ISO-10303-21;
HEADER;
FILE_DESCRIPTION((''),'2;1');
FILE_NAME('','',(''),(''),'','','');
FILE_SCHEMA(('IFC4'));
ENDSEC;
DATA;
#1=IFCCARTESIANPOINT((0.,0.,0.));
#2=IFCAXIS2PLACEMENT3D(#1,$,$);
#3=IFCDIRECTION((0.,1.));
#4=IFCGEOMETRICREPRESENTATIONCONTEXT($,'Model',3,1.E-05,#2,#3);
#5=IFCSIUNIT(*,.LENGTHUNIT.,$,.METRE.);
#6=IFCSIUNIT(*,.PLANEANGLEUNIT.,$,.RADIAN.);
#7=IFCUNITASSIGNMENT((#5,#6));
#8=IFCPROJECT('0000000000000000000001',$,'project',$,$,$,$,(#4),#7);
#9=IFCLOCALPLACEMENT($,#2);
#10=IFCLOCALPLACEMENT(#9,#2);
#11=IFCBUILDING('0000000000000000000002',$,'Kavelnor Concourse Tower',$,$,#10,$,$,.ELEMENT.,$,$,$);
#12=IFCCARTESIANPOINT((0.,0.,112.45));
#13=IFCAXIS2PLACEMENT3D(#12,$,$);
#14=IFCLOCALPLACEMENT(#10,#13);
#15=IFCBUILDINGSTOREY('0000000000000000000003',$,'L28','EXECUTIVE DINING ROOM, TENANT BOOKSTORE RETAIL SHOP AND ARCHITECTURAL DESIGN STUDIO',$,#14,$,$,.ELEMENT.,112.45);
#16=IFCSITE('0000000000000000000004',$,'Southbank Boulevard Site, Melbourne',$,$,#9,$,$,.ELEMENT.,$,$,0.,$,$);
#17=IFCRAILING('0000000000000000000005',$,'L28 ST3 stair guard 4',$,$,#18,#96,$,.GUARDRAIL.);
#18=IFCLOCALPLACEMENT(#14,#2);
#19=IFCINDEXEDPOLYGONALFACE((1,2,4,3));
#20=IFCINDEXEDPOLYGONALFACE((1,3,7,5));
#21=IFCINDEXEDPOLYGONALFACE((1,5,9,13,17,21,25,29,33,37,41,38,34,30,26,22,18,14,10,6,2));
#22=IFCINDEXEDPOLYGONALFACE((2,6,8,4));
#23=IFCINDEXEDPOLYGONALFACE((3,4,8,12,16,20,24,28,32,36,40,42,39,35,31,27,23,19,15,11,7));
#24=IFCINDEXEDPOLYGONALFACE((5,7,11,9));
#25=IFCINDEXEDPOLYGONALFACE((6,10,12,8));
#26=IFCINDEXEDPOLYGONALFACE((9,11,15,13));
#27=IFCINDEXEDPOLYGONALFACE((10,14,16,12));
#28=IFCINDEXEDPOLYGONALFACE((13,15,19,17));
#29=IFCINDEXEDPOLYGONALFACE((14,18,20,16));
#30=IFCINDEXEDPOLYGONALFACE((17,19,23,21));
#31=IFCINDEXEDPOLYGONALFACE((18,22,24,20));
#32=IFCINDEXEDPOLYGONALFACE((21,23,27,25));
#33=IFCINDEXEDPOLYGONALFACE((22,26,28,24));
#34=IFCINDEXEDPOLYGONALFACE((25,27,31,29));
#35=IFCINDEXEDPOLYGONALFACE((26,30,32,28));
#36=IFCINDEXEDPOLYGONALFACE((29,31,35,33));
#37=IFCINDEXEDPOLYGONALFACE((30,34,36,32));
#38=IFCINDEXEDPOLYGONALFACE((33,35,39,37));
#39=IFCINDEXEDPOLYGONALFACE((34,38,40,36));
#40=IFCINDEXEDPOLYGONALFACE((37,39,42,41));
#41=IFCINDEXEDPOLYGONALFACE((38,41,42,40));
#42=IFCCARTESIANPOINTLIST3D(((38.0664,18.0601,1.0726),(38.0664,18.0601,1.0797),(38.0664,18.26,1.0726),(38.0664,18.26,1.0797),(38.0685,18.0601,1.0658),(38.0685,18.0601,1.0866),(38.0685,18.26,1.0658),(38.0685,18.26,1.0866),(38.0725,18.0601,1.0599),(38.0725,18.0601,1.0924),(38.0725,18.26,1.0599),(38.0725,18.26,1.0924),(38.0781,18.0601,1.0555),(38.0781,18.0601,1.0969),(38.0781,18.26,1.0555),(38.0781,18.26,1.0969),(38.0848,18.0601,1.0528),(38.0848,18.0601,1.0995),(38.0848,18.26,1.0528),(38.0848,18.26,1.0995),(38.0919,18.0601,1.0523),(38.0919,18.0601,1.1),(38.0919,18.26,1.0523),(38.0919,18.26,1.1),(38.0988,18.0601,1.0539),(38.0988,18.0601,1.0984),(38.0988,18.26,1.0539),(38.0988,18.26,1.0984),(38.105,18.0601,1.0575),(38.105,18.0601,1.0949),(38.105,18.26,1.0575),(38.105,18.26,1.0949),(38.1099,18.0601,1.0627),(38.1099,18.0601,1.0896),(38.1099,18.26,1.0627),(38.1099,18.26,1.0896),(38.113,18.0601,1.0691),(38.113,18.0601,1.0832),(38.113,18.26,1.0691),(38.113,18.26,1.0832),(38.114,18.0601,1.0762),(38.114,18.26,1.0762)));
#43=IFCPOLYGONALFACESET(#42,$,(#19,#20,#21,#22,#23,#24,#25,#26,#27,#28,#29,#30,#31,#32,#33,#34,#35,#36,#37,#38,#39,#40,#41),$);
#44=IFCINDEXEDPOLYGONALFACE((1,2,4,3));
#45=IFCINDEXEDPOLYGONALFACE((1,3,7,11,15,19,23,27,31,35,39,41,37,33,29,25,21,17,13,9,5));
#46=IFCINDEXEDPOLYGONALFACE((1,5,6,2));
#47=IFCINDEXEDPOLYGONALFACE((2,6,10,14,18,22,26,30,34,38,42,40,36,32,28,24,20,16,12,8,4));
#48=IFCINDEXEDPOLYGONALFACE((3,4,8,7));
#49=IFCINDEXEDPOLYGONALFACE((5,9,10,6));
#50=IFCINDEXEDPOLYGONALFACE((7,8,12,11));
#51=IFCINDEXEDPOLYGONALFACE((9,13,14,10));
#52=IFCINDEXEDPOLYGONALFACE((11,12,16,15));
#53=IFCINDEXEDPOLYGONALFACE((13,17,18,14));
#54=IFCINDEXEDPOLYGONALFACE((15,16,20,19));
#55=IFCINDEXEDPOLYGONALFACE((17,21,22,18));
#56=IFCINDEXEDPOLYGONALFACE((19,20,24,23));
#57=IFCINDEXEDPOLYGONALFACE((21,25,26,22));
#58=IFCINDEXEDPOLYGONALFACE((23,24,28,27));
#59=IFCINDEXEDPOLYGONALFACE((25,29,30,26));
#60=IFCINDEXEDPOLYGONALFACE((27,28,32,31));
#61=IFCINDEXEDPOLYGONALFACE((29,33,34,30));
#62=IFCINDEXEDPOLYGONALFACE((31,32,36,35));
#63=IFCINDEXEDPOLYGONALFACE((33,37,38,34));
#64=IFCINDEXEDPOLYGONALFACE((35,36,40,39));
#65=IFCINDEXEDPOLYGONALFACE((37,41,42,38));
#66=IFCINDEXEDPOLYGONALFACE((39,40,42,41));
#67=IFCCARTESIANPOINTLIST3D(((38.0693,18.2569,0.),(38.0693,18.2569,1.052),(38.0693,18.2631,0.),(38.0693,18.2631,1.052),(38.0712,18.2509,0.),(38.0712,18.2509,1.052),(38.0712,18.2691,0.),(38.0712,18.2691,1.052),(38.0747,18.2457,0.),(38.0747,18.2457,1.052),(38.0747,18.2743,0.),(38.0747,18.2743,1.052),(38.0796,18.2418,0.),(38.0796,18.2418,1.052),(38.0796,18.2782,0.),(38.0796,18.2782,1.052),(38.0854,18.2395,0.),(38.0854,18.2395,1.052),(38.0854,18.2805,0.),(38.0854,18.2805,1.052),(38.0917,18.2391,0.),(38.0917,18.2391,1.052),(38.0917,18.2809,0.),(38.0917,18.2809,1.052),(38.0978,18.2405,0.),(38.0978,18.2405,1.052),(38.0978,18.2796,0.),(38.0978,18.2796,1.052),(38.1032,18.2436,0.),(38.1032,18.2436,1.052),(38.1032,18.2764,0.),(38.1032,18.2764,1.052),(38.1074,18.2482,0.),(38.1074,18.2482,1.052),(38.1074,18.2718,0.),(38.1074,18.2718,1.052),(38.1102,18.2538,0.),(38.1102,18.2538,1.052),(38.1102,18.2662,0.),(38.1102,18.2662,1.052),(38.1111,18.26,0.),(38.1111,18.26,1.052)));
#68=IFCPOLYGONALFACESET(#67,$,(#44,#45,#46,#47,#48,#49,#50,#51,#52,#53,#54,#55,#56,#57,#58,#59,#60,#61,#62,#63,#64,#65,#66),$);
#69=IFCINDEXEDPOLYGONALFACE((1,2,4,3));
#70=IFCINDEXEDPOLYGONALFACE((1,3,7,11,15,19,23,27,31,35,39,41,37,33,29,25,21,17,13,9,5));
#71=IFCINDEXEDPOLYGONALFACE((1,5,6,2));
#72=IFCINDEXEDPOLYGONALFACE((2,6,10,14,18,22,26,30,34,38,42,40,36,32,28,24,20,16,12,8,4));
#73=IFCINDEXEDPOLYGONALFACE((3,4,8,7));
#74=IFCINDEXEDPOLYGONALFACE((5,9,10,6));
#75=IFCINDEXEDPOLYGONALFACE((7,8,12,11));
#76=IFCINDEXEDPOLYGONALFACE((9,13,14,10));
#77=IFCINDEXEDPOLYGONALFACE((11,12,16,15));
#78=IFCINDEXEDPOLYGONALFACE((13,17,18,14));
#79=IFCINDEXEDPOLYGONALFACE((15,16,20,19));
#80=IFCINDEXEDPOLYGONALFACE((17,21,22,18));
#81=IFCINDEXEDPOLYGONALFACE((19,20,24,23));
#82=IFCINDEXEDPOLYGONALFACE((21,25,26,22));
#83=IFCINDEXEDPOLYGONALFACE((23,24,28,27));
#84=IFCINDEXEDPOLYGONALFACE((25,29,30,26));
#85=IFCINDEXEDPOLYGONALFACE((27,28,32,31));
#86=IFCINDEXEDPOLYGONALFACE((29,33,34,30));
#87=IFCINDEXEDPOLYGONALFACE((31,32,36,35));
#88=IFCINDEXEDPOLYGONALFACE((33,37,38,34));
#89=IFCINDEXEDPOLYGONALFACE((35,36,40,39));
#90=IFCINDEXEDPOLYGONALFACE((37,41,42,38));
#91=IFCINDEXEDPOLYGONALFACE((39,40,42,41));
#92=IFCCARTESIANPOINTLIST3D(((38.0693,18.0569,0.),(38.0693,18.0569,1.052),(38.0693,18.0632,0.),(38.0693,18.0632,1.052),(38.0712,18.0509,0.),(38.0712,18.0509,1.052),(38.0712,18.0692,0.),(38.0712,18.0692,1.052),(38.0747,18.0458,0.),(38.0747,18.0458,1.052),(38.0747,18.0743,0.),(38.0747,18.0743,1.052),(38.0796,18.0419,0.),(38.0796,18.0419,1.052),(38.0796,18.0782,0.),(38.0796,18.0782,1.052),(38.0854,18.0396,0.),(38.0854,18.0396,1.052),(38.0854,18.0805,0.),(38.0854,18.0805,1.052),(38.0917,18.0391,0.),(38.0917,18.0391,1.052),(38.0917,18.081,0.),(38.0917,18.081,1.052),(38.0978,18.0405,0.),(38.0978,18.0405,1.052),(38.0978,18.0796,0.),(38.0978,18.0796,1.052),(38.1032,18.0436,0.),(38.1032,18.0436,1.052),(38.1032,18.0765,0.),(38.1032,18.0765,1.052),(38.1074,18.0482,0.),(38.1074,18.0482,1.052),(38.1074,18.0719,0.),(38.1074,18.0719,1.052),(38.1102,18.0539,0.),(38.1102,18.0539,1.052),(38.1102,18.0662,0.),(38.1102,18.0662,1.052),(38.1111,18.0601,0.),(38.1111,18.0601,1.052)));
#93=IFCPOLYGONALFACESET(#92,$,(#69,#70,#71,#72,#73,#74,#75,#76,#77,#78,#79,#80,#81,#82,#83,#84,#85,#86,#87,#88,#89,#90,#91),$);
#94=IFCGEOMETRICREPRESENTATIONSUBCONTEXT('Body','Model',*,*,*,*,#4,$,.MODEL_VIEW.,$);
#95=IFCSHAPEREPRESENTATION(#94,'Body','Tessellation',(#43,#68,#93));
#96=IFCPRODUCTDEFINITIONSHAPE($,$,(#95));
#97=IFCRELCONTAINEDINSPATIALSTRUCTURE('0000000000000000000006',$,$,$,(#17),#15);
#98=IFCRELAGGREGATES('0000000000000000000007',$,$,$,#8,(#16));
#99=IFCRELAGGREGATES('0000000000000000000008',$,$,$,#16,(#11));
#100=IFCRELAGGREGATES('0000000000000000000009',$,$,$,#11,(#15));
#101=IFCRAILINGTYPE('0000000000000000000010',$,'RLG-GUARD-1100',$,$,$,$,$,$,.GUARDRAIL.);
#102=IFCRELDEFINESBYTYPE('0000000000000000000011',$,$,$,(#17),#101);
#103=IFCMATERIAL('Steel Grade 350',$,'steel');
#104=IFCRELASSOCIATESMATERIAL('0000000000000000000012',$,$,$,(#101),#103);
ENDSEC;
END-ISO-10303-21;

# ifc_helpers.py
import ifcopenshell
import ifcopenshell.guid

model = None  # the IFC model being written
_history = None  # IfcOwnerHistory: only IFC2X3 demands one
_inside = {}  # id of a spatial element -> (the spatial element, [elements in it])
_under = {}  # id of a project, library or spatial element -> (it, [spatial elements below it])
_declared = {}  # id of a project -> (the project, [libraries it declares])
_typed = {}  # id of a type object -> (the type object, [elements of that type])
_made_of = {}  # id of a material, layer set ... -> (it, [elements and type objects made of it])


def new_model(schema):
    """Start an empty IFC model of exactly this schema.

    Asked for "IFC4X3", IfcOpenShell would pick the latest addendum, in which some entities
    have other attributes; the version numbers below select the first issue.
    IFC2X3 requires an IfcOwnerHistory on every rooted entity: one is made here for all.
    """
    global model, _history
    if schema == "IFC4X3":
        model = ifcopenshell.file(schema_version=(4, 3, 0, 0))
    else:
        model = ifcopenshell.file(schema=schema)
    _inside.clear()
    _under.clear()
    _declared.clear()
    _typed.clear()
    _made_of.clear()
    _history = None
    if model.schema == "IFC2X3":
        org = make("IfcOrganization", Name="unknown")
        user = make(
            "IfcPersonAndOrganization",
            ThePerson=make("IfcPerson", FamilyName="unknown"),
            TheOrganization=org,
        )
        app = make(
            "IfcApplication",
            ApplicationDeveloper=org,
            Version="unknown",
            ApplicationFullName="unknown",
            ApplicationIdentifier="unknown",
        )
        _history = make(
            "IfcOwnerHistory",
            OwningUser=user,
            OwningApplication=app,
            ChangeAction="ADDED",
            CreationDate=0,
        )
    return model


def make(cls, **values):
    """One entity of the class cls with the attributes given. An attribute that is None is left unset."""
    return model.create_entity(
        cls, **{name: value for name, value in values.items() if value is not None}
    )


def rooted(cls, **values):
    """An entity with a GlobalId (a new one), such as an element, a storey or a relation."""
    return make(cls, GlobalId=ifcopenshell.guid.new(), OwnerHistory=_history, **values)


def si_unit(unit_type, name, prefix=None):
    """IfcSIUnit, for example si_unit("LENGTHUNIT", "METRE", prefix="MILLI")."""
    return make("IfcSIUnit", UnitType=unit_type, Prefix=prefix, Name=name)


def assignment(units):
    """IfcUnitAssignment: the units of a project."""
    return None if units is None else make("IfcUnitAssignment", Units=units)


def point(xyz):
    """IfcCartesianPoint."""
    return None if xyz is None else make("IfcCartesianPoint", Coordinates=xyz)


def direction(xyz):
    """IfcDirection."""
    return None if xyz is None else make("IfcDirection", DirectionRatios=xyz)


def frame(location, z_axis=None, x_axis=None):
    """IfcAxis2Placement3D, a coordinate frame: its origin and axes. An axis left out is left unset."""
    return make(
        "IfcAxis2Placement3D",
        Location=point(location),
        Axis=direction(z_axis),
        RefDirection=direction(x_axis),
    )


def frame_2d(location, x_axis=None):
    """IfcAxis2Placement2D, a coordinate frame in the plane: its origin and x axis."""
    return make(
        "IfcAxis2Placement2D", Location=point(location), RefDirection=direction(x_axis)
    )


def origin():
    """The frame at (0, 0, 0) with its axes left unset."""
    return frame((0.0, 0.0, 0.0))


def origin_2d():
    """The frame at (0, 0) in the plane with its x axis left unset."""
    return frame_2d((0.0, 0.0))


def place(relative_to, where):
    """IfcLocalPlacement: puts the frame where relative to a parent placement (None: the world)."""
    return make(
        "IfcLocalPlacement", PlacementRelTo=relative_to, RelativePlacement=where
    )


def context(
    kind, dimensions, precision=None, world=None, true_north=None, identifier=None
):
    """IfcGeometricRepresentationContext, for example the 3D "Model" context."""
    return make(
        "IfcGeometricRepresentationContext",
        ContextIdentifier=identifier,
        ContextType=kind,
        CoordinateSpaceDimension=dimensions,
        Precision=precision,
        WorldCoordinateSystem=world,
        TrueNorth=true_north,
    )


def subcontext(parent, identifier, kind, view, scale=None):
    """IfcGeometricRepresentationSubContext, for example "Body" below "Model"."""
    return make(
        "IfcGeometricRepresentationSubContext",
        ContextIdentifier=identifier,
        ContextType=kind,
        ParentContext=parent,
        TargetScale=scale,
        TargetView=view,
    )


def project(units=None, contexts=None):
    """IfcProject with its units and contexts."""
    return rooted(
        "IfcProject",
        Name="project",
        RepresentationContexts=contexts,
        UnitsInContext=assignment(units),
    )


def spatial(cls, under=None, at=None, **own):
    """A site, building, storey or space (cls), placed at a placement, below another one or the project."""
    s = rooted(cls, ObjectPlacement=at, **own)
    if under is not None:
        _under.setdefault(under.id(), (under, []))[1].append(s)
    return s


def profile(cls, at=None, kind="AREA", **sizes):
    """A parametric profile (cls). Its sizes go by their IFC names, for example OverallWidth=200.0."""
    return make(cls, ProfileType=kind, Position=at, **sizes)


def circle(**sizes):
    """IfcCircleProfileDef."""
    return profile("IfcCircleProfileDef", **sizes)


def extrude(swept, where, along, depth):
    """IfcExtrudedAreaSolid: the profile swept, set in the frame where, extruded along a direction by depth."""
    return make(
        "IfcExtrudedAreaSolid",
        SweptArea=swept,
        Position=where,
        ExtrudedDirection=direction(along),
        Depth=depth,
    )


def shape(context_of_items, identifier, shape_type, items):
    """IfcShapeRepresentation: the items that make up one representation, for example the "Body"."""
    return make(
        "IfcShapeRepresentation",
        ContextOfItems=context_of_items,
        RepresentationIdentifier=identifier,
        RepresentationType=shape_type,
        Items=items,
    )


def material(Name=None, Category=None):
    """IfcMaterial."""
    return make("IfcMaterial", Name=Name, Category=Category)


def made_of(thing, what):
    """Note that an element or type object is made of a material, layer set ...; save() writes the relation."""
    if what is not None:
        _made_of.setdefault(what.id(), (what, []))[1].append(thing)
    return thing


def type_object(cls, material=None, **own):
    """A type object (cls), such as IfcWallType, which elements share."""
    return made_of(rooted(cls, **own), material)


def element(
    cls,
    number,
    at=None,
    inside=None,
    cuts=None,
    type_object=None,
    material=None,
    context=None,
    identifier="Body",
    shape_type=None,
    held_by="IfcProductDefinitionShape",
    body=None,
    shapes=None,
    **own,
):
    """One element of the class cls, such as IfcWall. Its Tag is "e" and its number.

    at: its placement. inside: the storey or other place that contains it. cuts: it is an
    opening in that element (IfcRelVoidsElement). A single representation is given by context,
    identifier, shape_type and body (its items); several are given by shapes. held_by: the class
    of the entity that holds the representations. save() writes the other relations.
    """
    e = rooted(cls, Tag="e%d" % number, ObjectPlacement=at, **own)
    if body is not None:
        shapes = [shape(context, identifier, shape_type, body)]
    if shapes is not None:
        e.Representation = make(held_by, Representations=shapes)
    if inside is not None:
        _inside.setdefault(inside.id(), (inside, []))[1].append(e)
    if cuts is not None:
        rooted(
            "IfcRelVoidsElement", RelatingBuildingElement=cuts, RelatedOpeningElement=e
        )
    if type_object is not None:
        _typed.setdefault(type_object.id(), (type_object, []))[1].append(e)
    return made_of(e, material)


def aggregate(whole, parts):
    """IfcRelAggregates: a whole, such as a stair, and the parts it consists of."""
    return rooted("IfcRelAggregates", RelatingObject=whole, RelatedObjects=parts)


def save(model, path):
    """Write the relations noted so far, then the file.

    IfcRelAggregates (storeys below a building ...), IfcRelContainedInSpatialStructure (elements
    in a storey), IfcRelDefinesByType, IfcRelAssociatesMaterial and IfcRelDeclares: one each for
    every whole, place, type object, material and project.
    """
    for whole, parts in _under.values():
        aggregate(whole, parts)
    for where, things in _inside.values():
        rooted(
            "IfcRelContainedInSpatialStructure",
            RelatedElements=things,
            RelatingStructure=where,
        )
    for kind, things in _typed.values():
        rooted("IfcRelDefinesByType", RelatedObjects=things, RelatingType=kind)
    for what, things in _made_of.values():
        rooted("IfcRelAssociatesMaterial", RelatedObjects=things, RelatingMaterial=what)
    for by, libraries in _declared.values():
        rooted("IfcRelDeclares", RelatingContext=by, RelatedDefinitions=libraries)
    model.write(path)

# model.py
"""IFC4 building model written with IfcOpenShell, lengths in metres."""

from ifc_helpers import new_model, si_unit, direction, frame, origin, origin_2d, place, context, subcontext, project, spatial, circle, extrude, material, type_object, element, save


model = new_model("IFC4")

# Units and contexts
model_context = context("Model", 3, precision=1e-05, world=origin(), true_north=direction((0.0, 1.0)))
body_context = subcontext(model_context, "Body", "Model", "MODEL_VIEW")
ifc_project = project(units=[si_unit("LENGTHUNIT", "METRE"), si_unit("PLANEANGLEUNIT", "RADIAN")], contexts=[model_context])

# Site, building, storey
site_placement = place(None, origin())
site = spatial("IfcSite", under=ifc_project, at=site_placement, Name="Southbank Boulevard Site, Melbourne", CompositionType="ELEMENT", RefElevation=0.0)
building_placement = place(site_placement, origin())
building = spatial("IfcBuilding", under=site, at=building_placement, Name="Kavelnor Concourse Tower", CompositionType="ELEMENT")
storey_placement = place(building_placement, frame((0.0, 0.0, 112.45)))
storey = spatial("IfcBuildingStorey", under=building, at=storey_placement, Name="L28", Description="EXECUTIVE DINING ROOM, TENANT BOOKSTORE RETAIL SHOP AND ARCHITECTURAL DESIGN STUDIO", CompositionType="ELEMENT", Elevation=112.45)

# Shared definitions
ifc_material_1 = material(Name="Steel Grade 350", Category="steel")

# Railing
railing_type_1 = type_object("IfcRailingType", Name="RLG-GUARD-1100", PredefinedType="GUARDRAIL", material=ifc_material_1)
railing_1_placement = place(storey_placement, frame((38.0901, 18.26, 0.0)))
element("IfcRailing", 1, at=railing_1_placement, inside=storey, type_object=railing_type_1, Name="L28 ST3 stair guard 4", PredefinedType="GUARDRAIL", context=body_context, shape_type="SweptSolid", body=[
    extrude(circle(Radius=0.0239, at=origin_2d()), frame((0.0, 0.0, 1.0762), z_axis=(0.0, -1.0, 0.0), x_axis=(1.0, 0.0, 0.0)), (0.0, 0.0, 1.0), 0.2),
    extrude(circle(Radius=0.021, at=origin_2d()), origin(), (0.0, 0.0, 1.0), 1.052),
    extrude(circle(Radius=0.021, at=origin_2d()), frame((0.0, -0.2, 0.0)), (0.0, 0.0, 1.0), 1.052),
])

save(model, "model.ifc")
